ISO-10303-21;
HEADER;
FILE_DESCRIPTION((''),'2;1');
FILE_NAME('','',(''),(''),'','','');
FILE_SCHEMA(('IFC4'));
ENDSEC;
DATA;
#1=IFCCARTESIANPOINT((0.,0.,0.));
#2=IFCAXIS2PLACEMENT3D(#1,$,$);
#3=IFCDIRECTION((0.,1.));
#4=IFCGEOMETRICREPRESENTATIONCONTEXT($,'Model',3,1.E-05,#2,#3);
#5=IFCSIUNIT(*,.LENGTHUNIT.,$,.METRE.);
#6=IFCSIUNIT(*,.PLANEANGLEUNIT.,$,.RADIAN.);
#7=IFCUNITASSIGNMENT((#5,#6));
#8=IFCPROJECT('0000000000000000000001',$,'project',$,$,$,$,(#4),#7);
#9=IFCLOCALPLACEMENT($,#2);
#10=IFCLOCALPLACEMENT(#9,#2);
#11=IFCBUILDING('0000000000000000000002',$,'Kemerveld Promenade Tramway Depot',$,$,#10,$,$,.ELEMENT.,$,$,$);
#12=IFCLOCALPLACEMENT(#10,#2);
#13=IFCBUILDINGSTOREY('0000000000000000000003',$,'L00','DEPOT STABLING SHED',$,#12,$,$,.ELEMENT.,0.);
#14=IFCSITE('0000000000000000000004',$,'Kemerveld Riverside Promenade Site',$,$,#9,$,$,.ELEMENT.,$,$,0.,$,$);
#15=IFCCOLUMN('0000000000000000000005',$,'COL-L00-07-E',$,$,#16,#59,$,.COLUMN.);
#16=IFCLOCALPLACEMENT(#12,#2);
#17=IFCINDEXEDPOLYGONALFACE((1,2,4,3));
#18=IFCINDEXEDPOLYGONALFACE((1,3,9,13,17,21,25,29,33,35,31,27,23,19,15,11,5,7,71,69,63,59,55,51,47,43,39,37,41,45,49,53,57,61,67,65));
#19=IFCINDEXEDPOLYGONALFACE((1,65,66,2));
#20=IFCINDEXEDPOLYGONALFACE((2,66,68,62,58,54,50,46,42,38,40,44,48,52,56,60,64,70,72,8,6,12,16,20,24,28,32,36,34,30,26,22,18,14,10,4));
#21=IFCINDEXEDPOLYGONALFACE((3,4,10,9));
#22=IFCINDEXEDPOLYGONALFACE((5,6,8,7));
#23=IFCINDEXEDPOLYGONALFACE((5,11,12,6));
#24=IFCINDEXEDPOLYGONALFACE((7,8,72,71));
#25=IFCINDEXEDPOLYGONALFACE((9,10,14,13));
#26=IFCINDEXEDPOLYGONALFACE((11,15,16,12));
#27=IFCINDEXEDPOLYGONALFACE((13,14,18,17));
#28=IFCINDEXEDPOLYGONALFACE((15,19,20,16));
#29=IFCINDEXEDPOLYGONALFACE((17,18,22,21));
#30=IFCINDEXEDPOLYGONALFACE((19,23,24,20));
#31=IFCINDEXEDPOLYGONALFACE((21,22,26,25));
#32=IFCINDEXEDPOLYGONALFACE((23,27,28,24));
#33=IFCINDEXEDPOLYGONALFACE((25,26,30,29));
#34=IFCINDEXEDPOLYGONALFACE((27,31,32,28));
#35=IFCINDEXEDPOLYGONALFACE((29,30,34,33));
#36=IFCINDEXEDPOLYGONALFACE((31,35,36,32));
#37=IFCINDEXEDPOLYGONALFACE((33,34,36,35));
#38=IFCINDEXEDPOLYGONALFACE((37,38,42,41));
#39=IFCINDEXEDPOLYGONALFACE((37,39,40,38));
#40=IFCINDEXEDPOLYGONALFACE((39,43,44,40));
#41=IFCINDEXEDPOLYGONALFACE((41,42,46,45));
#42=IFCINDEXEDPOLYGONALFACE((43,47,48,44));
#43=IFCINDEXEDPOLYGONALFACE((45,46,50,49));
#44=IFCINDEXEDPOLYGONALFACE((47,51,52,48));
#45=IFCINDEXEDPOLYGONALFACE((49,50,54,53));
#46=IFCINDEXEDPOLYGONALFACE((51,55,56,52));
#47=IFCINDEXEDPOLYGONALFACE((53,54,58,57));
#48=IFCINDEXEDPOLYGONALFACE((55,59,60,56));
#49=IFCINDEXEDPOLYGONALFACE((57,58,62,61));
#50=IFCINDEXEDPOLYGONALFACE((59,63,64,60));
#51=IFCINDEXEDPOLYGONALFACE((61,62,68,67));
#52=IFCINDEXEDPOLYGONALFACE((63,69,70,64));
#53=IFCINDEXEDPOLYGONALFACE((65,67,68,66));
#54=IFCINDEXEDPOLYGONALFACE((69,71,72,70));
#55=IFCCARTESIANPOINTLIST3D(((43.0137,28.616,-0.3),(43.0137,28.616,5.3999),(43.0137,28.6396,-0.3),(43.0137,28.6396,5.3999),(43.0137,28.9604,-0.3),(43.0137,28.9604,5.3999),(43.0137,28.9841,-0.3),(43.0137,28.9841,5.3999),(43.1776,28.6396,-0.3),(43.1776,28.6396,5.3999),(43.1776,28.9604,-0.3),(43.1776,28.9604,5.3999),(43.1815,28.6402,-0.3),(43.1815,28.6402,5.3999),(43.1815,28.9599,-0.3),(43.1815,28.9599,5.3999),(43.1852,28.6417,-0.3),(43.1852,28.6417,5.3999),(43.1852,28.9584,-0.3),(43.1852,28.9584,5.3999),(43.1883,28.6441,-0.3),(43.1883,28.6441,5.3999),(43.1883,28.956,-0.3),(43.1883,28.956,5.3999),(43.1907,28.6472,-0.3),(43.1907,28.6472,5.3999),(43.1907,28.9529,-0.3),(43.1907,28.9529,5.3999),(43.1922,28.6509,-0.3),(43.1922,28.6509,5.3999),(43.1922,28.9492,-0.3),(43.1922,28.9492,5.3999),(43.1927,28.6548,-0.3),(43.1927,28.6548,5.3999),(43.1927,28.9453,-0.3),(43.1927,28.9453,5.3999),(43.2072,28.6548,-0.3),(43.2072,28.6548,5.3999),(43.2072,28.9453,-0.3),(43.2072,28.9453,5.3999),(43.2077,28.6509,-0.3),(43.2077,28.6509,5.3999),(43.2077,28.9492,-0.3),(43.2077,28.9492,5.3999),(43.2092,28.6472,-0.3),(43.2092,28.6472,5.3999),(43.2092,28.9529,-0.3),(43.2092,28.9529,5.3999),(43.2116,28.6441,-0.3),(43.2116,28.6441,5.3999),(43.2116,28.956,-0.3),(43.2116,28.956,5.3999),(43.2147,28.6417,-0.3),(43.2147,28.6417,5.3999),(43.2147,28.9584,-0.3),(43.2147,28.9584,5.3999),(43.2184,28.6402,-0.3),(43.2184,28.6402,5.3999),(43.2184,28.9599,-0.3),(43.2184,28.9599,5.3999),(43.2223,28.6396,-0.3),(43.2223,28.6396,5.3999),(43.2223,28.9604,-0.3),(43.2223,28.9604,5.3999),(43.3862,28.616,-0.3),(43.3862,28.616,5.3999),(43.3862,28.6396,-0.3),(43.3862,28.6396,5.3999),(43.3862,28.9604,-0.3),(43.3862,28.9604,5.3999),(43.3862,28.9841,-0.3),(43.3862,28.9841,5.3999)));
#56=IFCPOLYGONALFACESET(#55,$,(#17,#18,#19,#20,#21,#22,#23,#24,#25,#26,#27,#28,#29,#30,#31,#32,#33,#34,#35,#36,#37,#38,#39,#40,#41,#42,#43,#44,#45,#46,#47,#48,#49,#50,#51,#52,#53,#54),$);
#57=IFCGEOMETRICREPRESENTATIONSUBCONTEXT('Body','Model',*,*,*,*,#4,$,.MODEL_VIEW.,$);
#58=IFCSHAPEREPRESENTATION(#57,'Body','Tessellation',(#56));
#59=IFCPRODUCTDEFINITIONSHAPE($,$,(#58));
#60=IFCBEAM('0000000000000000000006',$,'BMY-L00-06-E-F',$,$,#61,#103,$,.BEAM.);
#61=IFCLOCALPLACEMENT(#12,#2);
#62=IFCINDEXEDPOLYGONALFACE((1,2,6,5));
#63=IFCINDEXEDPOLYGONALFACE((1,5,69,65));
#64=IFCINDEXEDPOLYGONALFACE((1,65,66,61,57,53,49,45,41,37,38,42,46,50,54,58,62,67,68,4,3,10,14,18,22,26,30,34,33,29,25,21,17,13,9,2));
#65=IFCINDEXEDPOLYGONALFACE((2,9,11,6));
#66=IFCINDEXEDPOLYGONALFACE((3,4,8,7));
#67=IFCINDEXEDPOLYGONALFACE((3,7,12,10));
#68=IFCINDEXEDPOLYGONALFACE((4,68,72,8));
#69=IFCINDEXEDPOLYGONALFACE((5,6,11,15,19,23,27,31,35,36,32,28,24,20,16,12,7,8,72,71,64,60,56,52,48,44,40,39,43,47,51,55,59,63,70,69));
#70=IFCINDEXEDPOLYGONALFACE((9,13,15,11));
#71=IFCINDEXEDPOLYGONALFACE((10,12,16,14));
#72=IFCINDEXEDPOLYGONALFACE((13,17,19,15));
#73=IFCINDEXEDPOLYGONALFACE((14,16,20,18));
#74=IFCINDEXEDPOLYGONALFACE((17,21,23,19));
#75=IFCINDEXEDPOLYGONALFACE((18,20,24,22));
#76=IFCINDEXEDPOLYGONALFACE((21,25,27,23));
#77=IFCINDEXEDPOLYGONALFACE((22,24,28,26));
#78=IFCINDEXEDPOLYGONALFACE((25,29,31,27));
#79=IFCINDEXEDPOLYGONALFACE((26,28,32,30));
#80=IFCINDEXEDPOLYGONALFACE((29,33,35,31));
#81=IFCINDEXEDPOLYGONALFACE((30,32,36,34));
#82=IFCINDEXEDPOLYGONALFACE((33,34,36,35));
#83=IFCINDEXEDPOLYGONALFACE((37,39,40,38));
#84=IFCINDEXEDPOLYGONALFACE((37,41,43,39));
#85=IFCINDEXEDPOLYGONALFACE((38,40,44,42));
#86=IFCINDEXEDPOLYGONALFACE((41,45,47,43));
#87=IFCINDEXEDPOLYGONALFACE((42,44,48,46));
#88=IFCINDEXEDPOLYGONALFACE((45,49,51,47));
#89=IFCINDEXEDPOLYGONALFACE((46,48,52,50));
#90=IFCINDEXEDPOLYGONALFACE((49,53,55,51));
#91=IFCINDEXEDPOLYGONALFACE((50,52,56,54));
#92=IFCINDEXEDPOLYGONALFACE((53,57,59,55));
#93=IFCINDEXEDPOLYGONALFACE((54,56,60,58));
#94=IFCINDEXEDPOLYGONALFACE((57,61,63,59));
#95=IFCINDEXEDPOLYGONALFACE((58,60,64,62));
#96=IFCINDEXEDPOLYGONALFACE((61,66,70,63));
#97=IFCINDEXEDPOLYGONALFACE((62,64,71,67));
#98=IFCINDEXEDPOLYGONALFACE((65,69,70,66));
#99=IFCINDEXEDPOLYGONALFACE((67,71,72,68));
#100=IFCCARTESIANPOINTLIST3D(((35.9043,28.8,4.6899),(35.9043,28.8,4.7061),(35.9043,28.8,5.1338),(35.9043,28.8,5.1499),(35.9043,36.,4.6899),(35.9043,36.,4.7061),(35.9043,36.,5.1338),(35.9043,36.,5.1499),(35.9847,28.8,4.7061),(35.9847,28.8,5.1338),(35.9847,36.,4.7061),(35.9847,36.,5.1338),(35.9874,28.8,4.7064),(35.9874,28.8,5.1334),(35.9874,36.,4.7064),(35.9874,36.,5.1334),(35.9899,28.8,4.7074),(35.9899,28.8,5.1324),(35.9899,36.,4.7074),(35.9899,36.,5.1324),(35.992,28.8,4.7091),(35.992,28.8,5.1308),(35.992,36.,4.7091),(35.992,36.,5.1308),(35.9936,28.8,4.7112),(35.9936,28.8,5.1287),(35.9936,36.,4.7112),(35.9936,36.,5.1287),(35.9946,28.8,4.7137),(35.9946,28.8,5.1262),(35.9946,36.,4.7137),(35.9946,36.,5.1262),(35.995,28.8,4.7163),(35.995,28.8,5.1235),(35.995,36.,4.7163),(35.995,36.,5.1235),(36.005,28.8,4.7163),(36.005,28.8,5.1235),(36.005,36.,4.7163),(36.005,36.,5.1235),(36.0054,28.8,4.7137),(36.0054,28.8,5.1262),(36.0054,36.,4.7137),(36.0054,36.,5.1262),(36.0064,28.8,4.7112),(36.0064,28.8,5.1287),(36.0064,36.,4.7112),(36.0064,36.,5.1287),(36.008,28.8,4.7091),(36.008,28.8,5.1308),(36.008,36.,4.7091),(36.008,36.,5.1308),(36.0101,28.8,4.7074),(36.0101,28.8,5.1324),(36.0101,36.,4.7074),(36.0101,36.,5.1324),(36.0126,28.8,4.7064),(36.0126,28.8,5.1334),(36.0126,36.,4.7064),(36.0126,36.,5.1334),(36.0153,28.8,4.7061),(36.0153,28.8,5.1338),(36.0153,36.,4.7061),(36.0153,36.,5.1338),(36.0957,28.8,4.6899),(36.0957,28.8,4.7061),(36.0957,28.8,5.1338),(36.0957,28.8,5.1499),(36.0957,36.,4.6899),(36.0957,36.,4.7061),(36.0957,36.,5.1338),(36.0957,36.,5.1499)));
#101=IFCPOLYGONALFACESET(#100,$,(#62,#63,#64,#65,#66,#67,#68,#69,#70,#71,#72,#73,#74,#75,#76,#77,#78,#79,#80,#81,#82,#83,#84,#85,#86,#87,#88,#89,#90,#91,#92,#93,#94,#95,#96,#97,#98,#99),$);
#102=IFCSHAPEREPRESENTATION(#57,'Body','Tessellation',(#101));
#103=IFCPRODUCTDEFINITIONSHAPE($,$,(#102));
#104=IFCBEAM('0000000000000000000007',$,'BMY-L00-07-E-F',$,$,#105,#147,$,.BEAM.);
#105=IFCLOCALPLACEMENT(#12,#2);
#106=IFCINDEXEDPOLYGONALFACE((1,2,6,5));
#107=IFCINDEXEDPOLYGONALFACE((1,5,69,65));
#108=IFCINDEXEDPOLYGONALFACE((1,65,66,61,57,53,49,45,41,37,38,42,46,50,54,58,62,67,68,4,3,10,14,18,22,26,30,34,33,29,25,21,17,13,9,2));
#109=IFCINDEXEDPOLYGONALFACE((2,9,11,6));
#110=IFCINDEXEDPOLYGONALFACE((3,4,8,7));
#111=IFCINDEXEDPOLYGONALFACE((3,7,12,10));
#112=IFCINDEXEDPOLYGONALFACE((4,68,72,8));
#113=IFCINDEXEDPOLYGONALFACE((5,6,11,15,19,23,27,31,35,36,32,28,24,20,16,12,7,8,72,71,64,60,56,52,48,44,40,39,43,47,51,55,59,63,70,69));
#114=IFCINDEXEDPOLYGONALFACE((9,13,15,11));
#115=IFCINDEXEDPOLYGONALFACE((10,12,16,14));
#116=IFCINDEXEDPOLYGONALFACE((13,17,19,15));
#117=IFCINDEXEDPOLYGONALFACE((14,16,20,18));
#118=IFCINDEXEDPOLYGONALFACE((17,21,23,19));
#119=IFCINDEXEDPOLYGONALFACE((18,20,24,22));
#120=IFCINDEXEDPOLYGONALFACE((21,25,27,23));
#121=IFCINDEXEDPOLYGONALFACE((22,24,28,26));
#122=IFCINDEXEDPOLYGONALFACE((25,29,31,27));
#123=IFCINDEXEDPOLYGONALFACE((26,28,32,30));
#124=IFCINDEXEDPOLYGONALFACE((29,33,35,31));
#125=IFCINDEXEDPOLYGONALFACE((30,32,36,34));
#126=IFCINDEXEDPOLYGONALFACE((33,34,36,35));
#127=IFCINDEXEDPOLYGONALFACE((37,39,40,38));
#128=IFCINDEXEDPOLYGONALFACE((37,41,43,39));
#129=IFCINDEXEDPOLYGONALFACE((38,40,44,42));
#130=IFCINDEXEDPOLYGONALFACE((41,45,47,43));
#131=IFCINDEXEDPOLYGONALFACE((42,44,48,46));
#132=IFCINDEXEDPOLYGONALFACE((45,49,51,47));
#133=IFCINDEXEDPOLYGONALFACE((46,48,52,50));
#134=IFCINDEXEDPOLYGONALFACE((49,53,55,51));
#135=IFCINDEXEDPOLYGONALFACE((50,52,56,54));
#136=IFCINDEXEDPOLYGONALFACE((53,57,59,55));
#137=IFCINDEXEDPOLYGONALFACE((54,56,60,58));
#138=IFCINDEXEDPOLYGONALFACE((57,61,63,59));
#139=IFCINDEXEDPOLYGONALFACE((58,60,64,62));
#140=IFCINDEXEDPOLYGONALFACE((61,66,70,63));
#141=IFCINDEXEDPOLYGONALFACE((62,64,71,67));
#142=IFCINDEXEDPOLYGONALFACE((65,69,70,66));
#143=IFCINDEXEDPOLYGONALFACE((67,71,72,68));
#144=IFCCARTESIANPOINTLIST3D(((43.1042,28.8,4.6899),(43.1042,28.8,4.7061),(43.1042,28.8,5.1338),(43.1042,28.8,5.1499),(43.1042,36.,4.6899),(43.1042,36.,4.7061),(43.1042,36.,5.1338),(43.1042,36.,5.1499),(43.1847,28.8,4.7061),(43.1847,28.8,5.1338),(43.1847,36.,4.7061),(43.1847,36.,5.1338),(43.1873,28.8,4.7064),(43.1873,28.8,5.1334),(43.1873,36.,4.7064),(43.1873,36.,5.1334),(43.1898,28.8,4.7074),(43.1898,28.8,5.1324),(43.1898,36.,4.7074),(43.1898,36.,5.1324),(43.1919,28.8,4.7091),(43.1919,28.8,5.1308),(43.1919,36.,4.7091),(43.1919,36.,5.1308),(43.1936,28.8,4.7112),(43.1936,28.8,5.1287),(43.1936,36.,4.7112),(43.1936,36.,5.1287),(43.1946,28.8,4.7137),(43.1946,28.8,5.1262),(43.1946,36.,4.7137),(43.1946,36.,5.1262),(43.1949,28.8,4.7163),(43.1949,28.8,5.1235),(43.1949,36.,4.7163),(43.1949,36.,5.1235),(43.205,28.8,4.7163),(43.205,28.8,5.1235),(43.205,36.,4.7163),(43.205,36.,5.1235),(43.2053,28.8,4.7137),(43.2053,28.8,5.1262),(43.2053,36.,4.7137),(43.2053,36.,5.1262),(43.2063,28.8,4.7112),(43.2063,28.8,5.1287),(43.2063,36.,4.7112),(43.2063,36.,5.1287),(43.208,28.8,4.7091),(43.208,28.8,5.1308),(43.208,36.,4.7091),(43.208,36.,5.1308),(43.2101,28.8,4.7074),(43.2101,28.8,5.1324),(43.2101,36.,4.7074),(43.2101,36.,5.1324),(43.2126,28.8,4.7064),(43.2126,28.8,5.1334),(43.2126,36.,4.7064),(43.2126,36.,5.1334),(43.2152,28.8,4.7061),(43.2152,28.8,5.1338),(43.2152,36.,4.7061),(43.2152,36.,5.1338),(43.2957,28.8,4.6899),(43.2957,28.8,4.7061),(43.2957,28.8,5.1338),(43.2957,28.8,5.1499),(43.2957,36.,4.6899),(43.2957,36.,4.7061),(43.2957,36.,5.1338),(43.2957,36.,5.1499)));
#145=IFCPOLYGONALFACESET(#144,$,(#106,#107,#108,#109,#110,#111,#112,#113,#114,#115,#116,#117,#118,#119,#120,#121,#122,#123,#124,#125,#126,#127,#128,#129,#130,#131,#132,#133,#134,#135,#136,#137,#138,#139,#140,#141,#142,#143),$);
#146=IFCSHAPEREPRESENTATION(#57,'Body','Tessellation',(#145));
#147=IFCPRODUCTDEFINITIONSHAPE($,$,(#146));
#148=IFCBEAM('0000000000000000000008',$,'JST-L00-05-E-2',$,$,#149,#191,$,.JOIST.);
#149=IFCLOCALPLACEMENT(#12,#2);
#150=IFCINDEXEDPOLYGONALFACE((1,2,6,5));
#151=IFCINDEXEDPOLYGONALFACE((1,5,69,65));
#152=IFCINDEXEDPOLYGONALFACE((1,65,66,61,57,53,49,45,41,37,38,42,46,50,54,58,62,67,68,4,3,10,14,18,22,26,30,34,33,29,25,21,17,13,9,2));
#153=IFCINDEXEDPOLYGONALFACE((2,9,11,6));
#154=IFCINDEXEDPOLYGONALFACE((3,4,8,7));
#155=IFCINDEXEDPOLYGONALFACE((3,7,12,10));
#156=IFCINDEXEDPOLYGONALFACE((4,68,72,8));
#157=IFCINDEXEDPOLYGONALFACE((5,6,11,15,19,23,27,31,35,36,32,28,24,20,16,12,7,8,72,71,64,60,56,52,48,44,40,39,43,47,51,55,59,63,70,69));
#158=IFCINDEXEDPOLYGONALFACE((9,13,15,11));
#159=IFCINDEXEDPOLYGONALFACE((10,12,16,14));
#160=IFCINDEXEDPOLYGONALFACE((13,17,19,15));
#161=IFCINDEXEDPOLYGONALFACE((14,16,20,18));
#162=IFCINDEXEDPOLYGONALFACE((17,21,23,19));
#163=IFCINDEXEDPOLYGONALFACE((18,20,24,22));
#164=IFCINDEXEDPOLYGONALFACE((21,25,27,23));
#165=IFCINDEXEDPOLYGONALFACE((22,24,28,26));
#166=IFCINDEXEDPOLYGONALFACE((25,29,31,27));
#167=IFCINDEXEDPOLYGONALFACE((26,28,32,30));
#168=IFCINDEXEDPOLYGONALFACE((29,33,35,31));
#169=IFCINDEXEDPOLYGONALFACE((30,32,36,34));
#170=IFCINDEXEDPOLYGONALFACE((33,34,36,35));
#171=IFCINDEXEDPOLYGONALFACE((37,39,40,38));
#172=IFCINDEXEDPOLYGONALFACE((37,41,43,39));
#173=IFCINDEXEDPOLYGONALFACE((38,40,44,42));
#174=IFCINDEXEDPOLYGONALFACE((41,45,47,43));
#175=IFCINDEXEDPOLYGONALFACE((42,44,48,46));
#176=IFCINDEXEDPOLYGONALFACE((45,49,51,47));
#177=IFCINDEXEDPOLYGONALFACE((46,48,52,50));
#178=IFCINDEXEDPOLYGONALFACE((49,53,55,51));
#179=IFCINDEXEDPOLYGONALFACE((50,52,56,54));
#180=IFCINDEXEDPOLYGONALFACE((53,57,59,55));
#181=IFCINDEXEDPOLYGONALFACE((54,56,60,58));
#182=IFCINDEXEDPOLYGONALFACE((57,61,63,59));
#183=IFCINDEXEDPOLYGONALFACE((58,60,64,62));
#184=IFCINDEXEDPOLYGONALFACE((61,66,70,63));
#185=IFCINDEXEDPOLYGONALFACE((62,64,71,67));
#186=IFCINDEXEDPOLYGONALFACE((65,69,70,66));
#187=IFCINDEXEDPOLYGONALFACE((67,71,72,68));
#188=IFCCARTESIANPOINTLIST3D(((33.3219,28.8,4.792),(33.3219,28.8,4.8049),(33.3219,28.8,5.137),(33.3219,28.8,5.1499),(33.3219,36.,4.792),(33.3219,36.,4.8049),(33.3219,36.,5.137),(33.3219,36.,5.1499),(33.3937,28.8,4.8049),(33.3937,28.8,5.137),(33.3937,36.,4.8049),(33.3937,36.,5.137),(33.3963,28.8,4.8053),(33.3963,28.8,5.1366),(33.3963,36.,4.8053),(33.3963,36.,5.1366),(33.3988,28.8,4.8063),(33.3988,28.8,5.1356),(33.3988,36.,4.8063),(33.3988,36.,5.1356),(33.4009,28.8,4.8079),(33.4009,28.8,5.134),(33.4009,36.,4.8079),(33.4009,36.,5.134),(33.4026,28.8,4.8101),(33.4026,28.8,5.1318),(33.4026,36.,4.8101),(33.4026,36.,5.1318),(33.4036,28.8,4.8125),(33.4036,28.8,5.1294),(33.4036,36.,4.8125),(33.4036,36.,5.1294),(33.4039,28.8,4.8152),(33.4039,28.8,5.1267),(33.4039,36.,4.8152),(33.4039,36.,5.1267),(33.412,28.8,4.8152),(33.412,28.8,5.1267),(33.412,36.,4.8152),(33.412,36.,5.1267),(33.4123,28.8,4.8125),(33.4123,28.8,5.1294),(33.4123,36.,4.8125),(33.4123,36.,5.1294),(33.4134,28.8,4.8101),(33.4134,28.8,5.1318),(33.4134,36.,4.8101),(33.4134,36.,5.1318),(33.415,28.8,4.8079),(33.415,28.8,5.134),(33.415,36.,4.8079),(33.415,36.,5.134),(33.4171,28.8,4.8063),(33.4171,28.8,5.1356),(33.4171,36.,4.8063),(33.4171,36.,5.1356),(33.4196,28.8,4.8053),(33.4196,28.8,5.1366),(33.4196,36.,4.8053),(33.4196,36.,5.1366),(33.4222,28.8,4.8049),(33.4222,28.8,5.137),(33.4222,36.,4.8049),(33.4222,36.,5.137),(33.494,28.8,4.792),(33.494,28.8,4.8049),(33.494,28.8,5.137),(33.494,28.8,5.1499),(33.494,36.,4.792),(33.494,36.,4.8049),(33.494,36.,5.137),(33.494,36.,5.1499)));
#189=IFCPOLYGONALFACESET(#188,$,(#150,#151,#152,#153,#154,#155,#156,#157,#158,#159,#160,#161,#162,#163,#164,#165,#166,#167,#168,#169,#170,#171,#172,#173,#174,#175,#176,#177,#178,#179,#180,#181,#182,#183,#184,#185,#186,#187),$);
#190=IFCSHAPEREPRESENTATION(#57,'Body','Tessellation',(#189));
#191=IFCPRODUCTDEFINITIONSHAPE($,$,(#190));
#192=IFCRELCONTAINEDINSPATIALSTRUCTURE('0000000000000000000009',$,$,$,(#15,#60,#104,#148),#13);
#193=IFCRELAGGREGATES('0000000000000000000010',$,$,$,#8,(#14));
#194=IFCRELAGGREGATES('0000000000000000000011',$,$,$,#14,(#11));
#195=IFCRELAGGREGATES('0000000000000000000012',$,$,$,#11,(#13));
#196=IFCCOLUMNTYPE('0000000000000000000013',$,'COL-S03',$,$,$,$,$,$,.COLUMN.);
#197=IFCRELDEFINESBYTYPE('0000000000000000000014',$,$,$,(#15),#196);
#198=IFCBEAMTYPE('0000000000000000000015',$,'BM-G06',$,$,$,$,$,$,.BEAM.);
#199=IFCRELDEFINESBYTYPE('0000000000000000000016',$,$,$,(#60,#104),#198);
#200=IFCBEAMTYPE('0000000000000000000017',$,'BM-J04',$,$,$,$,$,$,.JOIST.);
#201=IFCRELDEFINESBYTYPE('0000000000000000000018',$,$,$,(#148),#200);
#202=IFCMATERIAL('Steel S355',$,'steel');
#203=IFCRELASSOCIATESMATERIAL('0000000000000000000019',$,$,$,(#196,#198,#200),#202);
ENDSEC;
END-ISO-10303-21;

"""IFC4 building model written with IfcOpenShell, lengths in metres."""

from ifc_helpers import new_model, si_unit, direction, frame, origin, origin_2d, place, context, subcontext, project, spatial, i_section, extrude, material, material_profile, profile_set, type_object, element, save


model = new_model("IFC4")

# Units and contexts
model_context = context("Model", 3, precision=1e-05, world=origin(), true_north=direction((0.0, 1.0)))
body_context = subcontext(model_context, "Body", "Model", "MODEL_VIEW")
ifc_project = project(units=[si_unit("LENGTHUNIT", "METRE"), si_unit("PLANEANGLEUNIT", "RADIAN")], contexts=[model_context])

# Site, building, storey
site_placement = place(None, origin())
site = spatial("IfcSite", under=ifc_project, at=site_placement, Name="Kemerveld Riverside Promenade Site", CompositionType="ELEMENT", RefElevation=0.0)
building_placement = place(site_placement, origin())
building = spatial("IfcBuilding", under=site, at=building_placement, Name="Kemerveld Promenade Tramway Depot", CompositionType="ELEMENT")
storey_placement = place(building_placement, origin())
storey = spatial("IfcBuildingStorey", under=building, at=storey_placement, Name="L00", Description="DEPOT STABLING SHED", CompositionType="ELEMENT", Elevation=0.0)

# Column
ifc_material_1 = material(Name="Steel S355", Category="steel")
ifc_material_profile_1 = material_profile(ifc_material_1, i_section(OverallWidth=0.3726, OverallDepth=0.3682, WebThickness=0.0144, FlangeThickness=0.0237, FilletRadius=0.0151, at=origin_2d()), Name="356x368x177 UC")
ifc_profile_set_1 = profile_set([ifc_material_profile_1], Name="Steel S355")
column_type = type_object("IfcColumnType", Name="COL-S03", PredefinedType="COLUMN", material=ifc_profile_set_1)
for number, where, z_axis, x_axis, name in (
    (1, (43.2, 28.8, -0.3), (0.0, 0.0, 1.0), (1.0, 0.0, 0.0), "COL-L00-07-E"),
):
    element("IfcColumn", number, at=place(storey_placement, frame(where, z_axis=z_axis, x_axis=x_axis)), inside=storey, type_object=column_type, Name=name, PredefinedType="COLUMN", context=body_context, shape_type="SweptSolid", body=[
        extrude(i_section(OverallWidth=0.3726, OverallDepth=0.3682, WebThickness=0.0144, FlangeThickness=0.0237, FilletRadius=0.0151, at=origin_2d()), origin(), (0.0, 0.0, 1.0), 5.7),
    ])

# Beams
ifc_material_profile_2 = material_profile(ifc_material_1, i_section(OverallWidth=0.1914, OverallDepth=0.46, WebThickness=0.01, FlangeThickness=0.0161, FilletRadius=0.0103, at=origin_2d()), Name="457x191x82 UB")
ifc_profile_set_2 = profile_set([ifc_material_profile_2], Name="Steel S355")
beam_type_1 = type_object("IfcBeamType", Name="BM-G06", PredefinedType="BEAM", material=ifc_profile_set_2)
for number, where, z_axis, x_axis, name in (
    (2, (36.0, 28.8, 4.9199), (0.0, 1.0, 0.0), (-1.0, 0.0, 0.0), "BMY-L00-06-E-F"),
    (3, (43.2, 28.8, 4.9199), (0.0, 1.0, 0.0), (-1.0, 0.0, 0.0), "BMY-L00-07-E-F"),
):
    element("IfcBeam", number, at=place(storey_placement, frame(where, z_axis=z_axis, x_axis=x_axis)), inside=storey, type_object=beam_type_1, Name=name, PredefinedType="BEAM", context=body_context, shape_type="SweptSolid", body=[
        extrude(i_section(OverallWidth=0.1914, OverallDepth=0.46, WebThickness=0.01, FlangeThickness=0.0161, FilletRadius=0.0103, at=origin_2d()), origin(), (0.0, 0.0, 1.0), 7.2),
    ])
ifc_material_profile_3 = material_profile(ifc_material_1, i_section(OverallWidth=0.1721, OverallDepth=0.3579, WebThickness=0.0081, FlangeThickness=0.0129, FilletRadius=0.0103, at=origin_2d()), Name="356x171x57 UB")
ifc_profile_set_3 = profile_set([ifc_material_profile_3], Name="Steel S355")
beam_type_2 = type_object("IfcBeamType", Name="BM-J04", PredefinedType="JOIST", material=ifc_profile_set_3)
beam_1_placement = place(storey_placement, frame((33.408, 28.8, 4.9709), z_axis=(0.0, 1.0, 0.0), x_axis=(-1.0, 0.0, 0.0)))
element("IfcBeam", 4, at=beam_1_placement, inside=storey, type_object=beam_type_2, Name="JST-L00-05-E-2", PredefinedType="JOIST", context=body_context, shape_type="SweptSolid", body=[
    extrude(i_section(OverallWidth=0.1721, OverallDepth=0.3579, WebThickness=0.0081, FlangeThickness=0.0129, FilletRadius=0.0103, at=origin_2d()), origin(), (0.0, 0.0, 1.0), 7.2),
])

save(model, "model.ifc")
